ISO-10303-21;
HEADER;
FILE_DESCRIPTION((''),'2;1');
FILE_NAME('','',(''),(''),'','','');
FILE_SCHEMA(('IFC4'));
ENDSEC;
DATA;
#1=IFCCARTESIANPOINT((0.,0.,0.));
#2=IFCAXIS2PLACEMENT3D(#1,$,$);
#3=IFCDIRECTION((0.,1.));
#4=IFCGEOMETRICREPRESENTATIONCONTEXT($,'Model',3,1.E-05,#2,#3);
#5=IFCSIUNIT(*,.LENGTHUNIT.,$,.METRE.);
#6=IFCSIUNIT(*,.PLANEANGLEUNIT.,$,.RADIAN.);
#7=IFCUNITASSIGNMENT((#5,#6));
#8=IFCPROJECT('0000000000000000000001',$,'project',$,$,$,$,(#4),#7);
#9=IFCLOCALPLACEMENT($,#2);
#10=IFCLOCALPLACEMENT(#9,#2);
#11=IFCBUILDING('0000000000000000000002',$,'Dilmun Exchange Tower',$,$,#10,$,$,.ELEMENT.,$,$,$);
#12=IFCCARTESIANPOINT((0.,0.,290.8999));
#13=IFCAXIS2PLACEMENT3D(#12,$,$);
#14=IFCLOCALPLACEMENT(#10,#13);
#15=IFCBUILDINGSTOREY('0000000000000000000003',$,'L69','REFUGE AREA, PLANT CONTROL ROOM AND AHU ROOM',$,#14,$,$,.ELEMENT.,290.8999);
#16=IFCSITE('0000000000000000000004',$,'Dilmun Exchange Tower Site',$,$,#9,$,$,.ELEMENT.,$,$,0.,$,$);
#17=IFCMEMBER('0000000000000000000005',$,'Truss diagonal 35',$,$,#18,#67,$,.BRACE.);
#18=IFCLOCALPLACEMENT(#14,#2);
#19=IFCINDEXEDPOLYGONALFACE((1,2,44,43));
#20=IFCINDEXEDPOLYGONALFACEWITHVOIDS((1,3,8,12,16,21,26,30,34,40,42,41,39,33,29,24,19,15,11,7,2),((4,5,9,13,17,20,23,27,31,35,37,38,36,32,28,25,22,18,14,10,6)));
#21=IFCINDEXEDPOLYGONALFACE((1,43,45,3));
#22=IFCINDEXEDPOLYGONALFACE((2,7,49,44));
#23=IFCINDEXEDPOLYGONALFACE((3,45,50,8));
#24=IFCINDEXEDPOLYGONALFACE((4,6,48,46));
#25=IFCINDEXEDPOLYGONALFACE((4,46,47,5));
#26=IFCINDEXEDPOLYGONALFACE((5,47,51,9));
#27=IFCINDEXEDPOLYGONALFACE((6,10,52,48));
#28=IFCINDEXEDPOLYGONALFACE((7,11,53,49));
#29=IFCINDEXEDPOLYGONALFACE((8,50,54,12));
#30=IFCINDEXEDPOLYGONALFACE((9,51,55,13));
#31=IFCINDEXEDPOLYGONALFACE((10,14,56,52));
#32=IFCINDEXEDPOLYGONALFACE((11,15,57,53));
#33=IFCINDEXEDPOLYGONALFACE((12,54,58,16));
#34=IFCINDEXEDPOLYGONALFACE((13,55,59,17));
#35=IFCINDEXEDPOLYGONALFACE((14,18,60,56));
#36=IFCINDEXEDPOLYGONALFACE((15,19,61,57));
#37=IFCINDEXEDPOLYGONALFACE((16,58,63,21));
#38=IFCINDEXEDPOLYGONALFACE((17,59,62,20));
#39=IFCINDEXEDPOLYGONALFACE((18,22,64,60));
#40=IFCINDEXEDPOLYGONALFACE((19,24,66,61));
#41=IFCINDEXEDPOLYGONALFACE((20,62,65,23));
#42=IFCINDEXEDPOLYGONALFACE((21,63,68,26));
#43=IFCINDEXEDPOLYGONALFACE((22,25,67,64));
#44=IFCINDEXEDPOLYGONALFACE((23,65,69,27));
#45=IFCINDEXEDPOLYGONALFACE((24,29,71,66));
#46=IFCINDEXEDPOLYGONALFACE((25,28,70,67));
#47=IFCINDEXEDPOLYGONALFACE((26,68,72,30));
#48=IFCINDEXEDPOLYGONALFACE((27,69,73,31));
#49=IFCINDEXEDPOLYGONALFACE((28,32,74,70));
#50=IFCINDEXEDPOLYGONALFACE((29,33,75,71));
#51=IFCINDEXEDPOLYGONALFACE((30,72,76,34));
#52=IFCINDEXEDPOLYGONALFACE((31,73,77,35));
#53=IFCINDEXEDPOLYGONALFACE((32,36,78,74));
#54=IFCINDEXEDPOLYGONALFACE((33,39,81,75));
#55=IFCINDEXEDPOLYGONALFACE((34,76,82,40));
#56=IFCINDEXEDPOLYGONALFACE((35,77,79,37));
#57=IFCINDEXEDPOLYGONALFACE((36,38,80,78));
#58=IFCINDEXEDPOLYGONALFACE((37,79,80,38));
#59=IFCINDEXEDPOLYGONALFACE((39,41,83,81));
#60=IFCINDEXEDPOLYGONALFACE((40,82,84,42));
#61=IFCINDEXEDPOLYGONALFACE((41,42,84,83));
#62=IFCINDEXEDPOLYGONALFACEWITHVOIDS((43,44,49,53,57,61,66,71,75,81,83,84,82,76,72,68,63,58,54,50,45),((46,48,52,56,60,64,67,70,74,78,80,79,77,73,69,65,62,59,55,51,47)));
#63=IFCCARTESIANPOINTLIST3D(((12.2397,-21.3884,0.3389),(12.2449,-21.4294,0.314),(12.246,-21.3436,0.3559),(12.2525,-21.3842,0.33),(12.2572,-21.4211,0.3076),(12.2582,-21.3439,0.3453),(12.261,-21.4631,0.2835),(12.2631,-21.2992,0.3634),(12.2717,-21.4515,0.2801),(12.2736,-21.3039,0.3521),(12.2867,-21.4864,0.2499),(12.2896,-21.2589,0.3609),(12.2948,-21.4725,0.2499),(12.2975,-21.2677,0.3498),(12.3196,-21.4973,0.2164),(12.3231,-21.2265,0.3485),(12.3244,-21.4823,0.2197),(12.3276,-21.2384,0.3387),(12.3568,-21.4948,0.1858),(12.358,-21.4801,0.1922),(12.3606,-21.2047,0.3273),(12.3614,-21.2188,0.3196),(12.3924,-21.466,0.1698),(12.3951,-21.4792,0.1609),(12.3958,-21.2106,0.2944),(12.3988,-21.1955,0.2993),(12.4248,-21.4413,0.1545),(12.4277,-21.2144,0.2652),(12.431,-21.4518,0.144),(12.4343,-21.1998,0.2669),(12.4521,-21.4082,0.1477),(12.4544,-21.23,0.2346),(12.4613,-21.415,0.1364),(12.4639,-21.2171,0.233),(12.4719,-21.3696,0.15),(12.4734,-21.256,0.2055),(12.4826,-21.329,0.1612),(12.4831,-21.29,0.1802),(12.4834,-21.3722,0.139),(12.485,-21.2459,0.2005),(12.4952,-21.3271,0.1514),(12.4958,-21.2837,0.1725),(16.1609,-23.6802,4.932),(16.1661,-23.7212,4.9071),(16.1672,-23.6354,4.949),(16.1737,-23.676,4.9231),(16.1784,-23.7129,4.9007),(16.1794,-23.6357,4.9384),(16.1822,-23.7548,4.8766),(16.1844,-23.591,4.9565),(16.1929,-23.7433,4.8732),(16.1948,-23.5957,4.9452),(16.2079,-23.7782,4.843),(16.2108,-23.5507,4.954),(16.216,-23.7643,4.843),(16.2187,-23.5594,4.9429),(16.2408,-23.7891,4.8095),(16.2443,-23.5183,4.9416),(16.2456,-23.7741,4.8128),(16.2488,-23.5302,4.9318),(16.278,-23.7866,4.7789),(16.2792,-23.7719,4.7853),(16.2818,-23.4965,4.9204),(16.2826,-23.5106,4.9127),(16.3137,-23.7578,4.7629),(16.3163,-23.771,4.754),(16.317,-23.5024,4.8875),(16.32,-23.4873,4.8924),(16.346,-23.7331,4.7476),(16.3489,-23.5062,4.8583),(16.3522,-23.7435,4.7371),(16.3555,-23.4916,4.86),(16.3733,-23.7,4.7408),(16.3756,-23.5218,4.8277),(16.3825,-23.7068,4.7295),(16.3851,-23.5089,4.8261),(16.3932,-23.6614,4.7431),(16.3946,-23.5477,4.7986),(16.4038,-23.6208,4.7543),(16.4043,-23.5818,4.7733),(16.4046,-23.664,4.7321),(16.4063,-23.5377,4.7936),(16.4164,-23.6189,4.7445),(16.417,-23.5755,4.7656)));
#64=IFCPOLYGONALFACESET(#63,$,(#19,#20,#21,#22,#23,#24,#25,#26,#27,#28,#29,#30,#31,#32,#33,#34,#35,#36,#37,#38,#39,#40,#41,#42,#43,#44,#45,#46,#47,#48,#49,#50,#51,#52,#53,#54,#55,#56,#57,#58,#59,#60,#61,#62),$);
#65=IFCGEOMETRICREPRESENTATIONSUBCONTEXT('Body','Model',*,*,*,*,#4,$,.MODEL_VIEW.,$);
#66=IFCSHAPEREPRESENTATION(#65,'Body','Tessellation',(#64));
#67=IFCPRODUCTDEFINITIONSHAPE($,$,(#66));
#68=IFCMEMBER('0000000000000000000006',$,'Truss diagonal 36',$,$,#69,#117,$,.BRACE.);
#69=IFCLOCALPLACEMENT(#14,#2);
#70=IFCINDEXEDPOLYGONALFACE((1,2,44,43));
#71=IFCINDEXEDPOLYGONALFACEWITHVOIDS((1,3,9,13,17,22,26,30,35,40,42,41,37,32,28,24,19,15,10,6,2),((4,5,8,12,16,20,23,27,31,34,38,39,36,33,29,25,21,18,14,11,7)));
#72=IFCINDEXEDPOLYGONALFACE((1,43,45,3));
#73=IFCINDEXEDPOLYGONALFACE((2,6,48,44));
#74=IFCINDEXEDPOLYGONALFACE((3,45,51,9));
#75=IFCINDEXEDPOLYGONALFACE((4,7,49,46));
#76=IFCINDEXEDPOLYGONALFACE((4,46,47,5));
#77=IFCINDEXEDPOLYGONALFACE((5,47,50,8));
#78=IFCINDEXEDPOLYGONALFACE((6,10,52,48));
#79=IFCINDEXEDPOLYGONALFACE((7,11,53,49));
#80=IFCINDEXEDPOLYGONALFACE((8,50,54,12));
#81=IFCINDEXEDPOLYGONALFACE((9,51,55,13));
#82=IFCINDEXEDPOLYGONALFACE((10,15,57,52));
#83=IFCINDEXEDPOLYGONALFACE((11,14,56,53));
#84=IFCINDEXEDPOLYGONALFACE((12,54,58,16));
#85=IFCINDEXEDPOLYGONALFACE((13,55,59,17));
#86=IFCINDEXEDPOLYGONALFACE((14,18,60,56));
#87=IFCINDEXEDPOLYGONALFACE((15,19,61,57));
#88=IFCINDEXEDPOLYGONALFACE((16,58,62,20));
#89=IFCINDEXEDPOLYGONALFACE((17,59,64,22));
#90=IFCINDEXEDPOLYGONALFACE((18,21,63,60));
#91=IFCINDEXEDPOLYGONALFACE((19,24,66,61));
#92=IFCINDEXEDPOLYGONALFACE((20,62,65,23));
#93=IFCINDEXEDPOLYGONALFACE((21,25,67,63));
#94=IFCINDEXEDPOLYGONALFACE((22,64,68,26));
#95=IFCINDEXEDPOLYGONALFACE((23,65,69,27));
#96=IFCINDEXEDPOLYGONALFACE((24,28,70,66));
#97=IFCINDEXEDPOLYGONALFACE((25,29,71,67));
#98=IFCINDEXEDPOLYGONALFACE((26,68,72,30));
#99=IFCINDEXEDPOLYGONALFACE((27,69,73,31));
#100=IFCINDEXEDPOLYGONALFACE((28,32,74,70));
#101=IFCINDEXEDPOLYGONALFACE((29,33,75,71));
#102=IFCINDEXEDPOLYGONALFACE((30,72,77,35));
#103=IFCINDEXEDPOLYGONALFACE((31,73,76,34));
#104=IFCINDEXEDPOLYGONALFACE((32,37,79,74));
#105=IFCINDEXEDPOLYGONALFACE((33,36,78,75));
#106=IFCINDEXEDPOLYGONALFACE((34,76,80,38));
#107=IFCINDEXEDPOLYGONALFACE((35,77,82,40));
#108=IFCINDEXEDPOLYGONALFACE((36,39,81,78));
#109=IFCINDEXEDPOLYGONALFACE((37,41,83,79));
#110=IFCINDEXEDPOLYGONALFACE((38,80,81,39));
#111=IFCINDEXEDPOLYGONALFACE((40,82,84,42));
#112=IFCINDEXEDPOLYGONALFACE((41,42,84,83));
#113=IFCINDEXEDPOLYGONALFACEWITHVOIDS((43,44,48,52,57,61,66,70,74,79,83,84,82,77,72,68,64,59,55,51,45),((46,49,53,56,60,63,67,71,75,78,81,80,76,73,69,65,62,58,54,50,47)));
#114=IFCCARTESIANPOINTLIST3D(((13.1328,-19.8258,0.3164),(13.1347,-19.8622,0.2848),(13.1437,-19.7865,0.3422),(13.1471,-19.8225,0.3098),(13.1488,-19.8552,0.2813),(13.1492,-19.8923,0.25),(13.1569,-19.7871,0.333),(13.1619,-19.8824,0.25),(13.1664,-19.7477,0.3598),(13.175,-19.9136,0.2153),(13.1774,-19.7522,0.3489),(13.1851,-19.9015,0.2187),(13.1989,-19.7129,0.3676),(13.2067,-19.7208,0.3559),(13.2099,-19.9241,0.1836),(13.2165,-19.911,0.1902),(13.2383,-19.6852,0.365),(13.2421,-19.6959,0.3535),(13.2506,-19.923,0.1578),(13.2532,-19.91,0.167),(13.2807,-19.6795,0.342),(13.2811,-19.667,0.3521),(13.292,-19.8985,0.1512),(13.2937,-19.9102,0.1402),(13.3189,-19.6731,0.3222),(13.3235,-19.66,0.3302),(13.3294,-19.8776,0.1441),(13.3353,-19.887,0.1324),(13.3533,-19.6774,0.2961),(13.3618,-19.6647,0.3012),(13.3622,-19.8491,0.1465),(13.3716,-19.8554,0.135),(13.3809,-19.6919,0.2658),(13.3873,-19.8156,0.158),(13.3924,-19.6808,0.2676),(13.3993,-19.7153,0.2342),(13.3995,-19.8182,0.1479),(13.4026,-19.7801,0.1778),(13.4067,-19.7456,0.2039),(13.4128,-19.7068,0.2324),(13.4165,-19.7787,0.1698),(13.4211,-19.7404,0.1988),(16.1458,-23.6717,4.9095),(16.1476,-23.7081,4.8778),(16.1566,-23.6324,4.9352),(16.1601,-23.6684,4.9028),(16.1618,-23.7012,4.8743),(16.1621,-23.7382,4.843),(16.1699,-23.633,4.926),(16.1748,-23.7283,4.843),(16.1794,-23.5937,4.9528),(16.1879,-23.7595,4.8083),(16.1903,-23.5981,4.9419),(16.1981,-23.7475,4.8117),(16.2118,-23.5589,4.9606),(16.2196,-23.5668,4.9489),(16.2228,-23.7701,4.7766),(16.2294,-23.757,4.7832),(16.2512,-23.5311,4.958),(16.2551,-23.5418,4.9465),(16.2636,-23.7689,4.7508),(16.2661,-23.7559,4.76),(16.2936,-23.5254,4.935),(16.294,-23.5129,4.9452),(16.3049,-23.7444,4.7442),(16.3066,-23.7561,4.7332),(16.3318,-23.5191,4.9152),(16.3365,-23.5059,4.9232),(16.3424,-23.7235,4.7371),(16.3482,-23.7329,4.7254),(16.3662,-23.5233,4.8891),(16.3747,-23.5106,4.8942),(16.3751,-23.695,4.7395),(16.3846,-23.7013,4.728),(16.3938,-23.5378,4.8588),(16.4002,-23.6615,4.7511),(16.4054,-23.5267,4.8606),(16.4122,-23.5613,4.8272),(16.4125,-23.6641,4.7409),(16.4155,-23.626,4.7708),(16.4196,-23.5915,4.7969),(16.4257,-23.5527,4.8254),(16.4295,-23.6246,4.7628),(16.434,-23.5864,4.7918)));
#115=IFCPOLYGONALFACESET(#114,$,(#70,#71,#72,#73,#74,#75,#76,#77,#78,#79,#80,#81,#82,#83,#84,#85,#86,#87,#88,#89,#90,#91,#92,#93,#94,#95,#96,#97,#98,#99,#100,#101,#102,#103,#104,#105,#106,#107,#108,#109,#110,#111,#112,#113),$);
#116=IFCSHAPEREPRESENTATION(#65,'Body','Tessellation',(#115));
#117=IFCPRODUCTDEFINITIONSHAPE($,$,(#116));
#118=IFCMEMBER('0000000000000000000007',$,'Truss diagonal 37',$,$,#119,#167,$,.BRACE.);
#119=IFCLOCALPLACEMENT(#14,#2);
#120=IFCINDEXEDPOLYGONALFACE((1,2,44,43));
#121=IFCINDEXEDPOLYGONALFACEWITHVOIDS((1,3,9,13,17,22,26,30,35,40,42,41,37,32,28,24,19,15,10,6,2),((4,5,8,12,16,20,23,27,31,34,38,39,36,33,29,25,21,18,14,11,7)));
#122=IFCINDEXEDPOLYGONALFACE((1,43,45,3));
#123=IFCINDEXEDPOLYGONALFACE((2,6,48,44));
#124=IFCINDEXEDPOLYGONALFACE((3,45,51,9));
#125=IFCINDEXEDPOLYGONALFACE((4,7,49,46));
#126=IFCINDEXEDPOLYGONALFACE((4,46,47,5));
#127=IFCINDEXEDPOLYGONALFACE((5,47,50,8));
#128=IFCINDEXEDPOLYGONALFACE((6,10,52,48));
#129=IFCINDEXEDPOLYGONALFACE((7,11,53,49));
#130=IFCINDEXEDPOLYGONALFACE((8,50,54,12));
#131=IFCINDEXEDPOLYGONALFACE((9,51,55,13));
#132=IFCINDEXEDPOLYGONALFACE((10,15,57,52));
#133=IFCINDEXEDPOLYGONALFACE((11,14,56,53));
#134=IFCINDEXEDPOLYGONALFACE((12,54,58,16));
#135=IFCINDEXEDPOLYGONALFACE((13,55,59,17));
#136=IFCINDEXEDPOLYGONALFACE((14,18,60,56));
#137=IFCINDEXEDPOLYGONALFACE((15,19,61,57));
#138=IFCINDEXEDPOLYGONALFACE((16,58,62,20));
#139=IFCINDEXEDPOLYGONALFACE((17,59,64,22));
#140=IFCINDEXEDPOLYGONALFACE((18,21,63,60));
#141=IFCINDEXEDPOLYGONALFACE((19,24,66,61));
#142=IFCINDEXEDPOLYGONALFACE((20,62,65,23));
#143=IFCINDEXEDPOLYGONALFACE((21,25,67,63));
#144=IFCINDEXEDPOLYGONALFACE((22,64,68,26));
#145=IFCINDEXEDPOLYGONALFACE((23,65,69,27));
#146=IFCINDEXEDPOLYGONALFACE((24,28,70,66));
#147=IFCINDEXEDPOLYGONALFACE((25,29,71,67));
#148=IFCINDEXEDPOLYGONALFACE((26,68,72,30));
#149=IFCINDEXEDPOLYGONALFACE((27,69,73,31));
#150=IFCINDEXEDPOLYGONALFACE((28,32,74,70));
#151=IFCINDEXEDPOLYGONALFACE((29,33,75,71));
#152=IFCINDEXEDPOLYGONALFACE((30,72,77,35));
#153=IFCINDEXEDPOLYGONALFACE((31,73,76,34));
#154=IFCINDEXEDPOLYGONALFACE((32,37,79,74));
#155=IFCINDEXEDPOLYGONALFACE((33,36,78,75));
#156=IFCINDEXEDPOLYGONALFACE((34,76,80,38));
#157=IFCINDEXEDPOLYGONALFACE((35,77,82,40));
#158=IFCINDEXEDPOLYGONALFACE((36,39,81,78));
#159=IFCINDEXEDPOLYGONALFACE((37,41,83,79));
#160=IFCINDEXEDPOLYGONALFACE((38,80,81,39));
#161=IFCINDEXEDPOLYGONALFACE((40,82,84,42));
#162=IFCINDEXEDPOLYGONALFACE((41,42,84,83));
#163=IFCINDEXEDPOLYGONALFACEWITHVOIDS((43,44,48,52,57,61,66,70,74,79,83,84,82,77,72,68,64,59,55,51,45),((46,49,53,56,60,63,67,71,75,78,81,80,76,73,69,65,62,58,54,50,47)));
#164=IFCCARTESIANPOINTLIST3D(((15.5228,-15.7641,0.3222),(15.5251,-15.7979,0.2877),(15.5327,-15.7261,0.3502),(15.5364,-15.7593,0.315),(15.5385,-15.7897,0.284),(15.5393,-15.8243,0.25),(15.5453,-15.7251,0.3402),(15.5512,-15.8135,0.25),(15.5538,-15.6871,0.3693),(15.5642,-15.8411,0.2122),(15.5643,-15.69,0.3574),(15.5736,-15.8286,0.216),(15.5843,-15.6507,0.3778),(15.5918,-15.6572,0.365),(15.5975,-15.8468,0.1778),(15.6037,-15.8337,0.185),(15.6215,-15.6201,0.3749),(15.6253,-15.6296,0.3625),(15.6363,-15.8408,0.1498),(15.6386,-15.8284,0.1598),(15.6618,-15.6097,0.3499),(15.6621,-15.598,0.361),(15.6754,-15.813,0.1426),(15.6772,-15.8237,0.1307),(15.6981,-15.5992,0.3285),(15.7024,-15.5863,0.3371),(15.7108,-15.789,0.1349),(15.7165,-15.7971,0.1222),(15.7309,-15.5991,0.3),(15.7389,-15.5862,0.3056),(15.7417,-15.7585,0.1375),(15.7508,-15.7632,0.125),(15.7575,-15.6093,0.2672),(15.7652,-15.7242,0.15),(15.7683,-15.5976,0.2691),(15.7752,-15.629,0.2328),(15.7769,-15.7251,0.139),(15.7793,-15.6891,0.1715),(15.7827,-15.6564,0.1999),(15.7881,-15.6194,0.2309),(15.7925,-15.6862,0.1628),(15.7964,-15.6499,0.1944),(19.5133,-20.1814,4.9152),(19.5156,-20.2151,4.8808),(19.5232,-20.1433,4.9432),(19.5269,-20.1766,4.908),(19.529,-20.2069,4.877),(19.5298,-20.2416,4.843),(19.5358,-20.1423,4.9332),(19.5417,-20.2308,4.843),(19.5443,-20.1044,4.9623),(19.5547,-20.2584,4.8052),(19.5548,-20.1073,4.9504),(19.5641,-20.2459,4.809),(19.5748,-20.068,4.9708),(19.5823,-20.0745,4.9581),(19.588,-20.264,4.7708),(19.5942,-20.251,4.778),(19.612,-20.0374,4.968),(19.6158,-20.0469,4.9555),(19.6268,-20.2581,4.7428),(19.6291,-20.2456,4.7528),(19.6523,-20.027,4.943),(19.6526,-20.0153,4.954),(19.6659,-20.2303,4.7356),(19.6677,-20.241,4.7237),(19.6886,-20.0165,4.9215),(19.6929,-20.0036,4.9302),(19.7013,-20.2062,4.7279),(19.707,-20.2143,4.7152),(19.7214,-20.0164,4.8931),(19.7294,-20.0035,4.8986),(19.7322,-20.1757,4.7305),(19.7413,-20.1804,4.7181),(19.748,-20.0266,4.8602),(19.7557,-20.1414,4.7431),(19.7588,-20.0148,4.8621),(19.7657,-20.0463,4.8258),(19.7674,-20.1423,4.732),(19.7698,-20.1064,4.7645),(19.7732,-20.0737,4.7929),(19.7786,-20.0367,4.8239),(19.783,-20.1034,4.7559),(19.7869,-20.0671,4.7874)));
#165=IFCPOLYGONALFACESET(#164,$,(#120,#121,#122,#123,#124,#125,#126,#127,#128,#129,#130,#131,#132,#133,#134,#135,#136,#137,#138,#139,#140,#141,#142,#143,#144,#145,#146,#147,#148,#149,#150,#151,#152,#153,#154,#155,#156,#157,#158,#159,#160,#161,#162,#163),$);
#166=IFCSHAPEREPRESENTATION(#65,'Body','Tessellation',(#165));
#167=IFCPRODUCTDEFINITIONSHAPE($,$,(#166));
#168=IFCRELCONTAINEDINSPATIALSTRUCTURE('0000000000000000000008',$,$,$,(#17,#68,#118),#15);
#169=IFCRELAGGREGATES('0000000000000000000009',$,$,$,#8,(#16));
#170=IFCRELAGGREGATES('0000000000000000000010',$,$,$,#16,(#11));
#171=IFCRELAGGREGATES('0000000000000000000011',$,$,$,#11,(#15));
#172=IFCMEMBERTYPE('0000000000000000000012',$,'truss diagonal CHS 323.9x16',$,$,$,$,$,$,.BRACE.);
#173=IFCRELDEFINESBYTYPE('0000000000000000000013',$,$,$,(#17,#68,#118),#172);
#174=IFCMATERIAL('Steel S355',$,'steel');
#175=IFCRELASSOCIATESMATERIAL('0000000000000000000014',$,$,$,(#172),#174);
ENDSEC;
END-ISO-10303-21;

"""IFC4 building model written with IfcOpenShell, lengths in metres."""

from ifc_helpers import new_model, si_unit, direction, frame, origin, origin_2d, place, context, subcontext, project, spatial, hollow_circle, extrude, material, material_profile, profile_set, type_object, element, save


model = new_model("IFC4")

# Units and contexts
model_context = context("Model", 3, precision=1e-05, world=origin(), true_north=direction((0.0, 1.0)))
body_context = subcontext(model_context, "Body", "Model", "MODEL_VIEW")
ifc_project = project(units=[si_unit("LENGTHUNIT", "METRE"), si_unit("PLANEANGLEUNIT", "RADIAN")], contexts=[model_context])

# Site, building, storey
site_placement = place(None, origin())
site = spatial("IfcSite", under=ifc_project, at=site_placement, Name="Dilmun Exchange Tower Site", CompositionType="ELEMENT", RefElevation=0.0)
building_placement = place(site_placement, origin())
building = spatial("IfcBuilding", under=site, at=building_placement, Name="Dilmun Exchange Tower", CompositionType="ELEMENT")
storey_placement = place(building_placement, frame((0.0, 0.0, 290.8999)))
storey = spatial("IfcBuildingStorey", under=building, at=storey_placement, Name="L69", Description="REFUGE AREA, PLANT CONTROL ROOM AND AHU ROOM", CompositionType="ELEMENT", Elevation=290.8999)

# Shared definitions
ifc_material_1 = material(Name="Steel S355", Category="steel")

# Members
ifc_material_profile_1 = material_profile(ifc_material_1, hollow_circle(Radius=0.1619, WallThickness=0.0161, at=origin_2d()), Name="CHS 323.9x16")
ifc_profile_set_1 = profile_set([ifc_material_profile_1], Name="Steel S355")
member_type_1 = type_object("IfcMemberType", Name="truss diagonal CHS 323.9x16", PredefinedType="BRACE", material=ifc_profile_set_1)
member_1_placement = place(storey_placement, frame((16.2896, -23.6384, 4.843), z_axis=(-0.607049, 0.354795, -0.711064), x_axis=(-0.504596, -0.863356, 0.0)))
element("IfcMember", 1, at=member_1_placement, inside=storey, type_object=member_type_1, Name="Truss diagonal 35", PredefinedType="BRACE", context=body_context, shape_type="SweptSolid", body=[
    extrude(hollow_circle(Radius=0.1619, WallThickness=0.0161, at=origin_2d()), origin(), (0.0, 0.0, 1.0), 6.4595),
])
member_2_placement = place(storey_placement, frame((16.2896, -23.6384, 4.843), z_axis=(-0.449318, 0.573544, -0.684954), x_axis=(-0.7872, -0.616698, 0.0)))
element("IfcMember", 2, at=member_2_placement, inside=storey, type_object=member_type_1, Name="Truss diagonal 36", PredefinedType="BRACE", context=body_context, shape_type="SweptSolid", body=[
    extrude(hollow_circle(Radius=0.1619, WallThickness=0.0161, at=origin_2d()), origin(), (0.0, 0.0, 1.0), 6.7056),
])
member_3_placement = place(storey_placement, frame((19.6499, -20.1331, 4.843), z_axis=(-0.530736, 0.587496, -0.610875), x_axis=(-0.742043, -0.670353, 0.0)))
element("IfcMember", 3, at=member_3_placement, inside=storey, type_object=member_type_1, Name="Truss diagonal 37", PredefinedType="BRACE", context=body_context, shape_type="SweptSolid", body=[
    extrude(hollow_circle(Radius=0.1619, WallThickness=0.0161, at=origin_2d()), origin(), (0.0, 0.0, 1.0), 7.5188),
])

save(model, "model.ifc")
